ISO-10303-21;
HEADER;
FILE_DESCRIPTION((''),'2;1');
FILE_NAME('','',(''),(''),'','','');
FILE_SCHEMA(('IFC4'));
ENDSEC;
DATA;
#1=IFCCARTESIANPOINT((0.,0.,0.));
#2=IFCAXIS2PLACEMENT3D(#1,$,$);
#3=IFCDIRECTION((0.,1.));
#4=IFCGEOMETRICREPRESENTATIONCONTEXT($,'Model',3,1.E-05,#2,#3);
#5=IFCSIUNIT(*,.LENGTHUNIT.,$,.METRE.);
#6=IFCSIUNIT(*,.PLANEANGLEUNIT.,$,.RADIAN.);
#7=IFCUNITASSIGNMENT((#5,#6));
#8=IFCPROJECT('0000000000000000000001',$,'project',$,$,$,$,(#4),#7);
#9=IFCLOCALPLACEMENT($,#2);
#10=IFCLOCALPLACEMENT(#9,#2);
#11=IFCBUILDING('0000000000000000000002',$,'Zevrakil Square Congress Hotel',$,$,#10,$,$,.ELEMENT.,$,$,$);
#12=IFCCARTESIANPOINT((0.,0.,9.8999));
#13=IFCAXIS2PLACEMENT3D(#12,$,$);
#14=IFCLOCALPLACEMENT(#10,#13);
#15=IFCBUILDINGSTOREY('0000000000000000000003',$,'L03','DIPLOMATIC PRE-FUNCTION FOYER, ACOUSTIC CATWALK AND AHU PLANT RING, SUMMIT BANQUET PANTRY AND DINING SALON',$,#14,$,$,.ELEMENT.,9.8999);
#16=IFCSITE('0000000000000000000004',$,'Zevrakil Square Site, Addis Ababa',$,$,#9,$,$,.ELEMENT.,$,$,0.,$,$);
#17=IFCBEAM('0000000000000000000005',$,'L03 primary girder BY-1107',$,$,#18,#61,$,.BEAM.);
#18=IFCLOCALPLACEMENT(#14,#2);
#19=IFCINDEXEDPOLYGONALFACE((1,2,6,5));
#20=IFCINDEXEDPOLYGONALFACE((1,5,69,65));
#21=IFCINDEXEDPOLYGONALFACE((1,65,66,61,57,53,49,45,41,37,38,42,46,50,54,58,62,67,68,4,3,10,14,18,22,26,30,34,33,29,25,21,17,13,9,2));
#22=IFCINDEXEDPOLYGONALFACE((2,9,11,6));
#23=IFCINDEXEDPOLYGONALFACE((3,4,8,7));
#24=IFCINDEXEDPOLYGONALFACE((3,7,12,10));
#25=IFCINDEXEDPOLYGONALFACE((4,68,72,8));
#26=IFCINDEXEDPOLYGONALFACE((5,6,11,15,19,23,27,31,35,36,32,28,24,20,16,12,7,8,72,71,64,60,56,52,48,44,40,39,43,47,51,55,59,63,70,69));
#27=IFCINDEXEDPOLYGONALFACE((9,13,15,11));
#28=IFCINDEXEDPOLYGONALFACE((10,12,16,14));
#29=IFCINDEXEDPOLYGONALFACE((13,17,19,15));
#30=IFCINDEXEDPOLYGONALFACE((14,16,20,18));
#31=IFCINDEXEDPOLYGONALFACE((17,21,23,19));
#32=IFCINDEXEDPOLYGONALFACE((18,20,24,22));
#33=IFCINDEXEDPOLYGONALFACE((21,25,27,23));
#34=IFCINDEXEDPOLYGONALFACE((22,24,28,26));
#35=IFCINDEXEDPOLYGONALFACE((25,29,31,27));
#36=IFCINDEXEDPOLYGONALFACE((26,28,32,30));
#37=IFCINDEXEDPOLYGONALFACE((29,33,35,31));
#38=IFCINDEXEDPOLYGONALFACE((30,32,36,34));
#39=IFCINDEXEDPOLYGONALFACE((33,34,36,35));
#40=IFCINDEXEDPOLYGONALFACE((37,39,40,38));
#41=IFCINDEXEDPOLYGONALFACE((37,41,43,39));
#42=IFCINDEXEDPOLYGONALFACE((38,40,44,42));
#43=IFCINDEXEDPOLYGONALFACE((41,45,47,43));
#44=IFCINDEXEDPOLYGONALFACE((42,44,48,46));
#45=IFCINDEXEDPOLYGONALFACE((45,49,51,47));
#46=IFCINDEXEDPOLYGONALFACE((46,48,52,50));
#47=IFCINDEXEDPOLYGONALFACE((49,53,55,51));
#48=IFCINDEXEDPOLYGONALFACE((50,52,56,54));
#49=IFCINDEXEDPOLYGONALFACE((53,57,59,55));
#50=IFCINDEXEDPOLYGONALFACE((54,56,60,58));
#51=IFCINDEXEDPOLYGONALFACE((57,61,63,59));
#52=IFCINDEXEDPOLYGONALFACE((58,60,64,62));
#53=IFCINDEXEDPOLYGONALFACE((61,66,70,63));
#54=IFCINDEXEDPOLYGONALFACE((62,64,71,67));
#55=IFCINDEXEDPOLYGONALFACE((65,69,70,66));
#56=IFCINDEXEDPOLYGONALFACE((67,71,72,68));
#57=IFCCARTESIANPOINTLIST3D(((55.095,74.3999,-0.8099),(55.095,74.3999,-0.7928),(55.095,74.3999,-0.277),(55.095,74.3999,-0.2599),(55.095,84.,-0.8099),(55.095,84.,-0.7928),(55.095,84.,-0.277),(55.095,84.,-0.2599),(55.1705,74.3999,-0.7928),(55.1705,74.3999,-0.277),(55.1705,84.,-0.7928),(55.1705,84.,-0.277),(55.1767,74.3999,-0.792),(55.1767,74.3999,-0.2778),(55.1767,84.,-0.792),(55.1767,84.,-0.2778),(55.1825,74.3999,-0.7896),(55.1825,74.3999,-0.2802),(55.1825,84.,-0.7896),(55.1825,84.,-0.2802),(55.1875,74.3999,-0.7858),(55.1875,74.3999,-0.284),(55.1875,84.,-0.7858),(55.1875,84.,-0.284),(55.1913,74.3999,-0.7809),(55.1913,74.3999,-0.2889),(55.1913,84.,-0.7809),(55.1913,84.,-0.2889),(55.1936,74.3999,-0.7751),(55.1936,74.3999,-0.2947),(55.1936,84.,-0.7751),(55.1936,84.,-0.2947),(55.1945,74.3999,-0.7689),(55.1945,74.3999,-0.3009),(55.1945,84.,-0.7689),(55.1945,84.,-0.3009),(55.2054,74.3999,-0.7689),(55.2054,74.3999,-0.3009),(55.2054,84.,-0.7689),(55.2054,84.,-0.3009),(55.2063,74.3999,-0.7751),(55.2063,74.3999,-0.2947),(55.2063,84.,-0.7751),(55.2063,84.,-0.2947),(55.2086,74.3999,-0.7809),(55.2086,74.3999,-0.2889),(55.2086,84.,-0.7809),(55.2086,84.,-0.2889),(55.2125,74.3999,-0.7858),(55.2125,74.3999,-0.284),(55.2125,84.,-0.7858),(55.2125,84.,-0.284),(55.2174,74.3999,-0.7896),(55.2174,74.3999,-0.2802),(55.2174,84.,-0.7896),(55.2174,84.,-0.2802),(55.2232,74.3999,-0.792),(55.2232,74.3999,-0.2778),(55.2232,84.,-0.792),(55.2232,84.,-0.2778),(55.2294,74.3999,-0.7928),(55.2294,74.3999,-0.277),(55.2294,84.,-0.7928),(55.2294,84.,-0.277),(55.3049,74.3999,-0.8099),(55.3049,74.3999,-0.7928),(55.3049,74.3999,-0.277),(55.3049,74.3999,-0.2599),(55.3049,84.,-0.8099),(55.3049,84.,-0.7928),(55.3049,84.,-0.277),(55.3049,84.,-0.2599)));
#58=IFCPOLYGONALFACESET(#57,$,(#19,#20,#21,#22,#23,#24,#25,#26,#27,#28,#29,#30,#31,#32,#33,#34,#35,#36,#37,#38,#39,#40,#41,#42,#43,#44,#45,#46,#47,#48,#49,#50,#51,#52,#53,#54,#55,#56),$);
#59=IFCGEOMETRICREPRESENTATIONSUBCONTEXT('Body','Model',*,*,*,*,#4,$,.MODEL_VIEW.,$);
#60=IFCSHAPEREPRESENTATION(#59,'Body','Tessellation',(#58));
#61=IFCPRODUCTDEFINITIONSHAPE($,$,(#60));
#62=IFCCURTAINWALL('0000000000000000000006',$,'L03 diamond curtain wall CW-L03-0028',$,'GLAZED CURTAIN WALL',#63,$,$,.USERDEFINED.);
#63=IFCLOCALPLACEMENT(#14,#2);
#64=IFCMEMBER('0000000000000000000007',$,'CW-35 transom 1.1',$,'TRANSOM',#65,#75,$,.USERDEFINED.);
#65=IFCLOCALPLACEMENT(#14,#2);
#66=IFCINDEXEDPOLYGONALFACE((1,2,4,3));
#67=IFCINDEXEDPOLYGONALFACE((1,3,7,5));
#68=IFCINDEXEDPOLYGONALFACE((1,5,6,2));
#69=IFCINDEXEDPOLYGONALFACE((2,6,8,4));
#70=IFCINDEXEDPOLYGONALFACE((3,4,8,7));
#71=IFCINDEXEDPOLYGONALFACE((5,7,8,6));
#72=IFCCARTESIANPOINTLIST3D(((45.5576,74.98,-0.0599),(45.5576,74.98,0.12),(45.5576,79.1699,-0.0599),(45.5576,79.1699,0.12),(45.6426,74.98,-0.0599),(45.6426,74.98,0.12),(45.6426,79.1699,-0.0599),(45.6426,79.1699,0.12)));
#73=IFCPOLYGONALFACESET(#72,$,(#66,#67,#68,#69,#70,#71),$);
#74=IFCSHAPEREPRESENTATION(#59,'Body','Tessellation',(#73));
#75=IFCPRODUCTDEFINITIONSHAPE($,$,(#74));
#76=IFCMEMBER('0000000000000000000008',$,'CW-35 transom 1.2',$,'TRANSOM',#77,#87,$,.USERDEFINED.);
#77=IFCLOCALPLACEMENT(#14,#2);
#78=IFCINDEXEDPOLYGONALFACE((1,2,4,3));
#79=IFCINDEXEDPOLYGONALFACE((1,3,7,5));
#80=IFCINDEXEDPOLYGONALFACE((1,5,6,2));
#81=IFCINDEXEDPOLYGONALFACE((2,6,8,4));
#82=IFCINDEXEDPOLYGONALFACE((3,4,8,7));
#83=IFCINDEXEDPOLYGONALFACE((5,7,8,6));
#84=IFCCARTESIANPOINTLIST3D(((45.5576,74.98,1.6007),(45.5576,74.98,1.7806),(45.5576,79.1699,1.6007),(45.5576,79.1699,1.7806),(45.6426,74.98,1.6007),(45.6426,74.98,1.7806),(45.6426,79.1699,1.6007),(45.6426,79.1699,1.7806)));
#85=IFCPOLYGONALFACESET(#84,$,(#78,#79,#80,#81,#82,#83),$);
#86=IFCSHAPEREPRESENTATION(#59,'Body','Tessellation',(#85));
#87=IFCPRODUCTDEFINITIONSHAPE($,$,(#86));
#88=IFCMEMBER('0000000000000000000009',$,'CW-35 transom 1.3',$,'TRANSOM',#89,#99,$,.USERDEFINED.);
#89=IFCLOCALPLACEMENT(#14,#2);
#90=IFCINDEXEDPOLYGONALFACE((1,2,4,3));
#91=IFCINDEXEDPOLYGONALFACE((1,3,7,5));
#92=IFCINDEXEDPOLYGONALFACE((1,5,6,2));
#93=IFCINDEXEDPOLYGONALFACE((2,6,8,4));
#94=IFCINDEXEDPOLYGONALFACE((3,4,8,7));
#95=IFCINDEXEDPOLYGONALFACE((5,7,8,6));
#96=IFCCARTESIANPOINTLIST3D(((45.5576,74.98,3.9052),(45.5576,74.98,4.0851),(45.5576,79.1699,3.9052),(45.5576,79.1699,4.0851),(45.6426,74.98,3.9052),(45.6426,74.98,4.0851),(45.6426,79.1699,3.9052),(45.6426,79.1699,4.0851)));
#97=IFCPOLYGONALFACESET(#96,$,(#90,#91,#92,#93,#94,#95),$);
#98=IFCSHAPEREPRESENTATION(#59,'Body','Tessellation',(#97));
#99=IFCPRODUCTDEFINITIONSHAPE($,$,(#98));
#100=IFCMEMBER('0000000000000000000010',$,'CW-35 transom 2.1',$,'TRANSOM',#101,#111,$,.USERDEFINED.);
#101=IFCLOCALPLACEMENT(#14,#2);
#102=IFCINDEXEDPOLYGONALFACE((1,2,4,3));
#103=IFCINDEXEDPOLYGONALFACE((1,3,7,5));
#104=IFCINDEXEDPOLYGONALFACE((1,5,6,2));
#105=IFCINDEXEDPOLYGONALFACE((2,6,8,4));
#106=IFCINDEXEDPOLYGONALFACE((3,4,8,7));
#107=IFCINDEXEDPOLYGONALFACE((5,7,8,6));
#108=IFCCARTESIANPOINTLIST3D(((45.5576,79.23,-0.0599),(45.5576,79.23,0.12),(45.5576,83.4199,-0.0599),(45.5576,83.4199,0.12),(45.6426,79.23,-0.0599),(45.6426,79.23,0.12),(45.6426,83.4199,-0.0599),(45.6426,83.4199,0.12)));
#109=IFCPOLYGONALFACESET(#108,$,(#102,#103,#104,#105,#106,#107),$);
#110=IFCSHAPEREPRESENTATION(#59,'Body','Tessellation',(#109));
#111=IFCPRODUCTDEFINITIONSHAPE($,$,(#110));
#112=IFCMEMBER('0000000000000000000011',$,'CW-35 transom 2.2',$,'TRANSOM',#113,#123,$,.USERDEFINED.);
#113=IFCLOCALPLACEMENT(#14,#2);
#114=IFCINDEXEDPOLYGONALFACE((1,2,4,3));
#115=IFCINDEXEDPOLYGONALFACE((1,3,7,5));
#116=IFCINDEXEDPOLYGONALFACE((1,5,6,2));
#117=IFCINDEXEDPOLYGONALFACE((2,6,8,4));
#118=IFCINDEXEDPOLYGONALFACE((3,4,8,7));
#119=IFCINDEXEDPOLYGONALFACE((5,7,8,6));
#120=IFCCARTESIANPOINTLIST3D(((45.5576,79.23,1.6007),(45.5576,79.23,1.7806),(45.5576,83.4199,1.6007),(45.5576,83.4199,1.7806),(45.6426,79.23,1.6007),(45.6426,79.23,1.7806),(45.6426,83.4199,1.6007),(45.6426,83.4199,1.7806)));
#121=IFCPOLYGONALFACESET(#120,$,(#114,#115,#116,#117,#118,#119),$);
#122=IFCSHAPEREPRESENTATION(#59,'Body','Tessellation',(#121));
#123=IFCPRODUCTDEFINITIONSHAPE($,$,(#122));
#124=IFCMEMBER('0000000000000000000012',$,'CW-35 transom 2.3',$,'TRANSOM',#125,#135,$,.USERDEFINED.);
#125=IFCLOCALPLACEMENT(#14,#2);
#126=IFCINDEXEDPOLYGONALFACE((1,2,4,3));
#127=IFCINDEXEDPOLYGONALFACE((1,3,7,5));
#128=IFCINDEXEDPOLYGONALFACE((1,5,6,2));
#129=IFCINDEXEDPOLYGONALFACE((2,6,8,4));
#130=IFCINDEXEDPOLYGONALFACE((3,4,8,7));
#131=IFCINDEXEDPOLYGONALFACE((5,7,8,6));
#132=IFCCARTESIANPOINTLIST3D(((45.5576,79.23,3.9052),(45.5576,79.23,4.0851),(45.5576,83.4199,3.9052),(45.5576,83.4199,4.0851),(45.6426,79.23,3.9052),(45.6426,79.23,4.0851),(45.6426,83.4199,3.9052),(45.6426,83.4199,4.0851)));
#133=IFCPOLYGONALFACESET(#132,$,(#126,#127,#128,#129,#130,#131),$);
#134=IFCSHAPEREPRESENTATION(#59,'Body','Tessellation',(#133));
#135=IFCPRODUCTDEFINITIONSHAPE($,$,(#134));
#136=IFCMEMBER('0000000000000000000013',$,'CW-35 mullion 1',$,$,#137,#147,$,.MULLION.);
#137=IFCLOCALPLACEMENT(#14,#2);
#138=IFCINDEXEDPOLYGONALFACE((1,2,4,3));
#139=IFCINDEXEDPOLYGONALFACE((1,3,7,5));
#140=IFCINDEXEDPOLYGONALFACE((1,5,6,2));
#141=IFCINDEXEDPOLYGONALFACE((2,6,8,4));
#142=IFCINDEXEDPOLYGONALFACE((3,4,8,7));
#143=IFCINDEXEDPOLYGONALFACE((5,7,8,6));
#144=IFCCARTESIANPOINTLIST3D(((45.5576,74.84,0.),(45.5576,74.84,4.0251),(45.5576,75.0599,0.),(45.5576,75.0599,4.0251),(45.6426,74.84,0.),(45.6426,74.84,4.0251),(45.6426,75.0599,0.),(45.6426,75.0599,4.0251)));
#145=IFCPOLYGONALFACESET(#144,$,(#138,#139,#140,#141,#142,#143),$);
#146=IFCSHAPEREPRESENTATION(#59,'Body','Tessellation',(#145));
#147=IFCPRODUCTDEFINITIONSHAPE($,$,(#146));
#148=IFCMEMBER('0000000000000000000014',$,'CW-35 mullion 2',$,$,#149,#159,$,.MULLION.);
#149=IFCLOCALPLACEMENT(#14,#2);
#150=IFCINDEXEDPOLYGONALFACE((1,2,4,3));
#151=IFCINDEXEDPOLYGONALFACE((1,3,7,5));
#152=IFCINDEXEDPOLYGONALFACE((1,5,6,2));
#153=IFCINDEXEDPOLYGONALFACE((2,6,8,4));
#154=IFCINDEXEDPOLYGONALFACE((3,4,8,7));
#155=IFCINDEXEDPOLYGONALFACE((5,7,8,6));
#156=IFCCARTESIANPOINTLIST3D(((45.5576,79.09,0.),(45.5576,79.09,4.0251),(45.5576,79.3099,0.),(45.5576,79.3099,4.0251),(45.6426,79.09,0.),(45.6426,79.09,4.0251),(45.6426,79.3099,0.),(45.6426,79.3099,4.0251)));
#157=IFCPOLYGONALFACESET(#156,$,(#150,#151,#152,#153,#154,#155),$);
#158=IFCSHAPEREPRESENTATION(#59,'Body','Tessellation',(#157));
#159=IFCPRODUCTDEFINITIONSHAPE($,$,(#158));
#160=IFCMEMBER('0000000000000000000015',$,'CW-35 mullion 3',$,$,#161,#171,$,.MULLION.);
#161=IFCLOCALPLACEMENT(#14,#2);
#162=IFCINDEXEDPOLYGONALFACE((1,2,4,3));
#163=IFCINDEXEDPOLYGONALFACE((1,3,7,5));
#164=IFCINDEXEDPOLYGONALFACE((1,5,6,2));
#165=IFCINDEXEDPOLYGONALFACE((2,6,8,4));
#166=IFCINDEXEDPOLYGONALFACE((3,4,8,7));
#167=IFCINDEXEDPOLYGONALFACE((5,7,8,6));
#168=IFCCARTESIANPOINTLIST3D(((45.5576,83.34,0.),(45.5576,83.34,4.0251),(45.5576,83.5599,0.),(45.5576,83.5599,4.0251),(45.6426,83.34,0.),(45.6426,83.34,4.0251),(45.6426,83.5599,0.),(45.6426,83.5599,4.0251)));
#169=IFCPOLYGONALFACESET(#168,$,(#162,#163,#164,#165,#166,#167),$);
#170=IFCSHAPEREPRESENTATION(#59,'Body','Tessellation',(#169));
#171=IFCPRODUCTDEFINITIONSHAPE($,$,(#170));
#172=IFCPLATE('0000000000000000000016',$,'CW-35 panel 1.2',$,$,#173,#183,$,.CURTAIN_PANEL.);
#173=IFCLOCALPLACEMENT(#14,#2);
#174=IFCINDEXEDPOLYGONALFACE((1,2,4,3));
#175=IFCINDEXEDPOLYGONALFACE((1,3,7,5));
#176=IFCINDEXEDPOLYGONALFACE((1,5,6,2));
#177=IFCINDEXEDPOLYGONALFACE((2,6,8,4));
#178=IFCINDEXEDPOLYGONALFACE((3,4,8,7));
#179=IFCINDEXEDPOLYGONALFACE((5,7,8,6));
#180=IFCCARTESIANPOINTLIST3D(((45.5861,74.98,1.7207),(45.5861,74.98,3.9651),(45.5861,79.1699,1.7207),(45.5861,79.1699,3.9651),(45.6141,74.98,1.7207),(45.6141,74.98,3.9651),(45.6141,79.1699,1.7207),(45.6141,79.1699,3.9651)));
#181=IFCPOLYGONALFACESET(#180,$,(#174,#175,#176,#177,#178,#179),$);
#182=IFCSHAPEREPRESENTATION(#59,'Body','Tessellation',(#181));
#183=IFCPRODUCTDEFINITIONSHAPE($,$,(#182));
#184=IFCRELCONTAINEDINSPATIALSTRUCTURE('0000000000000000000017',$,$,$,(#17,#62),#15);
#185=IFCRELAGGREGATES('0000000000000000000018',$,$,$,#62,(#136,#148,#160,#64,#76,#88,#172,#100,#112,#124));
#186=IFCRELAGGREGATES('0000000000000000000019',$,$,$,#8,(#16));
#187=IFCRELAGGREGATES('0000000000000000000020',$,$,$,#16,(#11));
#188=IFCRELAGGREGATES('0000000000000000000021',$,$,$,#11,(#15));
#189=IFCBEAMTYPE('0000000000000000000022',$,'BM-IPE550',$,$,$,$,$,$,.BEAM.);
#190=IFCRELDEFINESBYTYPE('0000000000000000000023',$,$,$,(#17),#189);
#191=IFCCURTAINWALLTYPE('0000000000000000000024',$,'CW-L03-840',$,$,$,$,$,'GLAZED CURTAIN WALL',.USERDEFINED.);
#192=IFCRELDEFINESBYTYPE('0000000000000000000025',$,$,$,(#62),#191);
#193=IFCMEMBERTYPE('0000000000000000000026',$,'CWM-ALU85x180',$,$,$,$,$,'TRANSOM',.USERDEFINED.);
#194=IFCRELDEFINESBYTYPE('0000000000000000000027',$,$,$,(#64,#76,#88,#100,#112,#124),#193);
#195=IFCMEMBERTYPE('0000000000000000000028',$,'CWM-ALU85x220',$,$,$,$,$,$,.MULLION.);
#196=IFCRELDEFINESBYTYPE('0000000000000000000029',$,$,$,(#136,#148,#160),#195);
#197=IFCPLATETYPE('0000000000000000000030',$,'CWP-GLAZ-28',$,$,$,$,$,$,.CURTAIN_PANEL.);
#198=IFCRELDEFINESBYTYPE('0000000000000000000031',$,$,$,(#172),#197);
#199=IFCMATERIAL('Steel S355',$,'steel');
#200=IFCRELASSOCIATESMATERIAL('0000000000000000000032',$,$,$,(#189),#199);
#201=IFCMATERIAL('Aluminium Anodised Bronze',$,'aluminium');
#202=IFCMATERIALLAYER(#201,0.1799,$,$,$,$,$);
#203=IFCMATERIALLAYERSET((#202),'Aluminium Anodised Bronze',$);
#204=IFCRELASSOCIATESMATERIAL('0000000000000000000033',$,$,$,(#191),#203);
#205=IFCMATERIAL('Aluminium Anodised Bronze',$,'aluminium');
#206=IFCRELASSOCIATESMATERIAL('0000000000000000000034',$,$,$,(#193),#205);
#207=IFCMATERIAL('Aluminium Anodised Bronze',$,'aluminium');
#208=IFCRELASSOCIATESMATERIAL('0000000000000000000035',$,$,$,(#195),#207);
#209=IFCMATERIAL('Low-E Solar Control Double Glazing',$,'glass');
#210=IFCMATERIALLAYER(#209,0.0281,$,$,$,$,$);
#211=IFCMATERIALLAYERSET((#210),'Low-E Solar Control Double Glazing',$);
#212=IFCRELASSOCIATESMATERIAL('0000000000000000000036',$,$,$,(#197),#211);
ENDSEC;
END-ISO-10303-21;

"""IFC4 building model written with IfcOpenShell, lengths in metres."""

from ifc_helpers import new_model, si_unit, direction, frame, origin, origin_2d, place, context, subcontext, project, spatial, rectangle, i_section, extrude, material, layer, layer_set, material_profile, profile_set, type_object, element, aggregate, save


model = new_model("IFC4")

# Units and contexts
model_context = context("Model", 3, precision=1e-05, world=origin(), true_north=direction((0.0, 1.0)))
body_context = subcontext(model_context, "Body", "Model", "MODEL_VIEW")
ifc_project = project(units=[si_unit("LENGTHUNIT", "METRE"), si_unit("PLANEANGLEUNIT", "RADIAN")], contexts=[model_context])

# Site, building, storey
site_placement = place(None, origin())
site = spatial("IfcSite", under=ifc_project, at=site_placement, Name="Zevrakil Square Site, Addis Ababa", CompositionType="ELEMENT", RefElevation=0.0)
building_placement = place(site_placement, origin())
building = spatial("IfcBuilding", under=site, at=building_placement, Name="Zevrakil Square Congress Hotel", CompositionType="ELEMENT")
storey_placement = place(building_placement, frame((0.0, 0.0, 9.8999)))
storey = spatial("IfcBuildingStorey", under=building, at=storey_placement, Name="L03", Description="DIPLOMATIC PRE-FUNCTION FOYER, ACOUSTIC CATWALK AND AHU PLANT RING, SUMMIT BANQUET PANTRY AND DINING SALON", CompositionType="ELEMENT", Elevation=9.8999)

# Beam
ifc_material_1 = material(Name="Steel S355", Category="steel")
ifc_material_profile_1 = material_profile(ifc_material_1, i_section(OverallWidth=0.21, OverallDepth=0.55, WebThickness=0.011, FlangeThickness=0.0171, FilletRadius=0.0239, at=origin_2d()), Name="IPE 550")
ifc_profile_set_1 = profile_set([ifc_material_profile_1], Name="Steel S355")
beam_type_1 = type_object("IfcBeamType", Name="BM-IPE550", PredefinedType="BEAM", material=ifc_profile_set_1)
for number, where, z_axis, x_axis, name in (
    (1, (55.2, 74.3999, -0.5349), (0.0, 1.0, 0.0), (-1.0, 0.0, 0.0), "L03 primary girder BY-1107"),
):
    element("IfcBeam", number, at=place(storey_placement, frame(where, z_axis=z_axis, x_axis=x_axis)), inside=storey, type_object=beam_type_1, Name=name, PredefinedType="BEAM", context=body_context, shape_type="SweptSolid", body=[
        extrude(i_section(OverallWidth=0.21, OverallDepth=0.55, WebThickness=0.011, FlangeThickness=0.0171, FilletRadius=0.0239, at=origin_2d()), origin(), (0.0, 0.0, 1.0), 9.6001),
    ])

# Curtain wall, members, plate
ifc_material_2 = material(Name="Aluminium Anodised Bronze", Category="aluminium")
ifc_layer_1 = layer(ifc_material_2, 0.1799)
ifc_layer_set_1 = layer_set([ifc_layer_1], Name="Aluminium Anodised Bronze")
curtain_wall_type = type_object("IfcCurtainWallType", Name="CW-L03-840", ElementType="GLAZED CURTAIN WALL", PredefinedType="USERDEFINED", material=ifc_layer_set_1)
curtain_wall_placement = place(storey_placement, origin())
curtain_wall = element("IfcCurtainWall", 2, at=curtain_wall_placement, inside=storey, type_object=curtain_wall_type, Name="L03 diamond curtain wall CW-L03-0028", ObjectType="GLAZED CURTAIN WALL", PredefinedType="USERDEFINED")
ifc_material_3 = material(Name="Aluminium Anodised Bronze", Category="aluminium")
ifc_material_profile_2 = material_profile(ifc_material_3, rectangle(XDim=0.085, YDim=0.1799, at=origin_2d()), Name="ALU 85x180")
ifc_profile_set_2 = profile_set([ifc_material_profile_2], Name="Aluminium Anodised Bronze")
member_type_1 = type_object("IfcMemberType", Name="CWM-ALU85x180", ElementType="TRANSOM", PredefinedType="USERDEFINED", material=ifc_profile_set_2)
member_1_placement = place(storey_placement, frame((45.6001, 74.98, 0.03), z_axis=(0.0, 1.0, 0.0), x_axis=(-1.0, 0.0, 0.0)))
member_1 = element("IfcMember", 3, at=member_1_placement, type_object=member_type_1, Name="CW-35 transom 1.1", ObjectType="TRANSOM", PredefinedType="USERDEFINED", context=body_context, shape_type="SweptSolid", body=[
    extrude(rectangle(XDim=0.085, YDim=0.1799, at=origin_2d()), origin(), (0.0, 0.0, 1.0), 4.1899),
])
member_2_placement = place(storey_placement, frame((45.6001, 74.98, 1.6907), z_axis=(0.0, 1.0, 0.0), x_axis=(-1.0, 0.0, 0.0)))
member_2 = element("IfcMember", 4, at=member_2_placement, type_object=member_type_1, Name="CW-35 transom 1.2", ObjectType="TRANSOM", PredefinedType="USERDEFINED", context=body_context, shape_type="SweptSolid", body=[
    extrude(rectangle(XDim=0.085, YDim=0.1799, at=origin_2d()), origin(), (0.0, 0.0, 1.0), 4.1899),
])
member_3_placement = place(storey_placement, frame((45.6001, 74.98, 3.9951), z_axis=(0.0, 1.0, 0.0), x_axis=(-1.0, 0.0, 0.0)))
member_3 = element("IfcMember", 5, at=member_3_placement, type_object=member_type_1, Name="CW-35 transom 1.3", ObjectType="TRANSOM", PredefinedType="USERDEFINED", context=body_context, shape_type="SweptSolid", body=[
    extrude(rectangle(XDim=0.085, YDim=0.1799, at=origin_2d()), origin(), (0.0, 0.0, 1.0), 4.1899),
])
member_4_placement = place(storey_placement, frame((45.6001, 79.23, 0.03), z_axis=(0.0, 1.0, 0.0), x_axis=(-1.0, 0.0, 0.0)))
member_4 = element("IfcMember", 6, at=member_4_placement, type_object=member_type_1, Name="CW-35 transom 2.1", ObjectType="TRANSOM", PredefinedType="USERDEFINED", context=body_context, shape_type="SweptSolid", body=[
    extrude(rectangle(XDim=0.085, YDim=0.1799, at=origin_2d()), origin(), (0.0, 0.0, 1.0), 4.1899),
])
member_5_placement = place(storey_placement, frame((45.6001, 79.23, 1.6907), z_axis=(0.0, 1.0, 0.0), x_axis=(-1.0, 0.0, 0.0)))
member_5 = element("IfcMember", 7, at=member_5_placement, type_object=member_type_1, Name="CW-35 transom 2.2", ObjectType="TRANSOM", PredefinedType="USERDEFINED", context=body_context, shape_type="SweptSolid", body=[
    extrude(rectangle(XDim=0.085, YDim=0.1799, at=origin_2d()), origin(), (0.0, 0.0, 1.0), 4.1899),
])
member_6_placement = place(storey_placement, frame((45.6001, 79.23, 3.9951), z_axis=(0.0, 1.0, 0.0), x_axis=(-1.0, 0.0, 0.0)))
member_6 = element("IfcMember", 8, at=member_6_placement, type_object=member_type_1, Name="CW-35 transom 2.3", ObjectType="TRANSOM", PredefinedType="USERDEFINED", context=body_context, shape_type="SweptSolid", body=[
    extrude(rectangle(XDim=0.085, YDim=0.1799, at=origin_2d()), origin(), (0.0, 0.0, 1.0), 4.1899),
])
ifc_material_4 = material(Name="Aluminium Anodised Bronze", Category="aluminium")
ifc_material_profile_3 = material_profile(ifc_material_4, rectangle(XDim=0.085, YDim=0.22, at=origin_2d()), Name="ALU 85x220")
ifc_profile_set_3 = profile_set([ifc_material_profile_3], Name="Aluminium Anodised Bronze")
member_type_2 = type_object("IfcMemberType", Name="CWM-ALU85x220", PredefinedType="MULLION", material=ifc_profile_set_3)
member_7_placement = place(storey_placement, frame((45.6001, 74.95, 0.0), z_axis=(0.0, 0.0, 1.0), x_axis=(-1.0, 0.0, 0.0)))
member_7 = element("IfcMember", 9, at=member_7_placement, type_object=member_type_2, Name="CW-35 mullion 1", PredefinedType="MULLION", context=body_context, shape_type="SweptSolid", body=[
    extrude(rectangle(XDim=0.085, YDim=0.22, at=origin_2d()), origin(), (0.0, 0.0, 1.0), 4.0251),
])
member_8_placement = place(storey_placement, frame((45.6001, 79.2, 0.0), z_axis=(0.0, 0.0, 1.0), x_axis=(-1.0, 0.0, 0.0)))
member_8 = element("IfcMember", 10, at=member_8_placement, type_object=member_type_2, Name="CW-35 mullion 2", PredefinedType="MULLION", context=body_context, shape_type="SweptSolid", body=[
    extrude(rectangle(XDim=0.085, YDim=0.22, at=origin_2d()), origin(), (0.0, 0.0, 1.0), 4.0251),
])
member_9_placement = place(storey_placement, frame((45.6001, 83.45, 0.0), z_axis=(0.0, 0.0, 1.0), x_axis=(-1.0, 0.0, 0.0)))
member_9 = element("IfcMember", 11, at=member_9_placement, type_object=member_type_2, Name="CW-35 mullion 3", PredefinedType="MULLION", context=body_context, shape_type="SweptSolid", body=[
    extrude(rectangle(XDim=0.085, YDim=0.22, at=origin_2d()), origin(), (0.0, 0.0, 1.0), 4.0251),
])
ifc_material_5 = material(Name="Low-E Solar Control Double Glazing", Category="glass")
ifc_layer_2 = layer(ifc_material_5, 0.0281)
ifc_layer_set_2 = layer_set([ifc_layer_2], Name="Low-E Solar Control Double Glazing")
plate_type_1 = type_object("IfcPlateType", Name="CWP-GLAZ-28", PredefinedType="CURTAIN_PANEL", material=ifc_layer_set_2)
plate_1_placement = place(storey_placement, frame((45.6001, 77.075, 1.7207), z_axis=(0.0, 0.0, 1.0), x_axis=(0.0, 1.0, 0.0)))
plate_1 = element("IfcPlate", 12, at=plate_1_placement, type_object=plate_type_1, Name="CW-35 panel 1.2", PredefinedType="CURTAIN_PANEL", context=body_context, shape_type="SweptSolid", body=[
    extrude(rectangle(XDim=4.1899, YDim=0.0281, at=origin_2d()), origin(), (0.0, 0.0, 1.0), 2.2444),
])
aggregate(curtain_wall, [member_7, member_8, member_9, member_1, member_2, member_3, plate_1, member_4, member_5, member_6])

save(model, "model.ifc")
